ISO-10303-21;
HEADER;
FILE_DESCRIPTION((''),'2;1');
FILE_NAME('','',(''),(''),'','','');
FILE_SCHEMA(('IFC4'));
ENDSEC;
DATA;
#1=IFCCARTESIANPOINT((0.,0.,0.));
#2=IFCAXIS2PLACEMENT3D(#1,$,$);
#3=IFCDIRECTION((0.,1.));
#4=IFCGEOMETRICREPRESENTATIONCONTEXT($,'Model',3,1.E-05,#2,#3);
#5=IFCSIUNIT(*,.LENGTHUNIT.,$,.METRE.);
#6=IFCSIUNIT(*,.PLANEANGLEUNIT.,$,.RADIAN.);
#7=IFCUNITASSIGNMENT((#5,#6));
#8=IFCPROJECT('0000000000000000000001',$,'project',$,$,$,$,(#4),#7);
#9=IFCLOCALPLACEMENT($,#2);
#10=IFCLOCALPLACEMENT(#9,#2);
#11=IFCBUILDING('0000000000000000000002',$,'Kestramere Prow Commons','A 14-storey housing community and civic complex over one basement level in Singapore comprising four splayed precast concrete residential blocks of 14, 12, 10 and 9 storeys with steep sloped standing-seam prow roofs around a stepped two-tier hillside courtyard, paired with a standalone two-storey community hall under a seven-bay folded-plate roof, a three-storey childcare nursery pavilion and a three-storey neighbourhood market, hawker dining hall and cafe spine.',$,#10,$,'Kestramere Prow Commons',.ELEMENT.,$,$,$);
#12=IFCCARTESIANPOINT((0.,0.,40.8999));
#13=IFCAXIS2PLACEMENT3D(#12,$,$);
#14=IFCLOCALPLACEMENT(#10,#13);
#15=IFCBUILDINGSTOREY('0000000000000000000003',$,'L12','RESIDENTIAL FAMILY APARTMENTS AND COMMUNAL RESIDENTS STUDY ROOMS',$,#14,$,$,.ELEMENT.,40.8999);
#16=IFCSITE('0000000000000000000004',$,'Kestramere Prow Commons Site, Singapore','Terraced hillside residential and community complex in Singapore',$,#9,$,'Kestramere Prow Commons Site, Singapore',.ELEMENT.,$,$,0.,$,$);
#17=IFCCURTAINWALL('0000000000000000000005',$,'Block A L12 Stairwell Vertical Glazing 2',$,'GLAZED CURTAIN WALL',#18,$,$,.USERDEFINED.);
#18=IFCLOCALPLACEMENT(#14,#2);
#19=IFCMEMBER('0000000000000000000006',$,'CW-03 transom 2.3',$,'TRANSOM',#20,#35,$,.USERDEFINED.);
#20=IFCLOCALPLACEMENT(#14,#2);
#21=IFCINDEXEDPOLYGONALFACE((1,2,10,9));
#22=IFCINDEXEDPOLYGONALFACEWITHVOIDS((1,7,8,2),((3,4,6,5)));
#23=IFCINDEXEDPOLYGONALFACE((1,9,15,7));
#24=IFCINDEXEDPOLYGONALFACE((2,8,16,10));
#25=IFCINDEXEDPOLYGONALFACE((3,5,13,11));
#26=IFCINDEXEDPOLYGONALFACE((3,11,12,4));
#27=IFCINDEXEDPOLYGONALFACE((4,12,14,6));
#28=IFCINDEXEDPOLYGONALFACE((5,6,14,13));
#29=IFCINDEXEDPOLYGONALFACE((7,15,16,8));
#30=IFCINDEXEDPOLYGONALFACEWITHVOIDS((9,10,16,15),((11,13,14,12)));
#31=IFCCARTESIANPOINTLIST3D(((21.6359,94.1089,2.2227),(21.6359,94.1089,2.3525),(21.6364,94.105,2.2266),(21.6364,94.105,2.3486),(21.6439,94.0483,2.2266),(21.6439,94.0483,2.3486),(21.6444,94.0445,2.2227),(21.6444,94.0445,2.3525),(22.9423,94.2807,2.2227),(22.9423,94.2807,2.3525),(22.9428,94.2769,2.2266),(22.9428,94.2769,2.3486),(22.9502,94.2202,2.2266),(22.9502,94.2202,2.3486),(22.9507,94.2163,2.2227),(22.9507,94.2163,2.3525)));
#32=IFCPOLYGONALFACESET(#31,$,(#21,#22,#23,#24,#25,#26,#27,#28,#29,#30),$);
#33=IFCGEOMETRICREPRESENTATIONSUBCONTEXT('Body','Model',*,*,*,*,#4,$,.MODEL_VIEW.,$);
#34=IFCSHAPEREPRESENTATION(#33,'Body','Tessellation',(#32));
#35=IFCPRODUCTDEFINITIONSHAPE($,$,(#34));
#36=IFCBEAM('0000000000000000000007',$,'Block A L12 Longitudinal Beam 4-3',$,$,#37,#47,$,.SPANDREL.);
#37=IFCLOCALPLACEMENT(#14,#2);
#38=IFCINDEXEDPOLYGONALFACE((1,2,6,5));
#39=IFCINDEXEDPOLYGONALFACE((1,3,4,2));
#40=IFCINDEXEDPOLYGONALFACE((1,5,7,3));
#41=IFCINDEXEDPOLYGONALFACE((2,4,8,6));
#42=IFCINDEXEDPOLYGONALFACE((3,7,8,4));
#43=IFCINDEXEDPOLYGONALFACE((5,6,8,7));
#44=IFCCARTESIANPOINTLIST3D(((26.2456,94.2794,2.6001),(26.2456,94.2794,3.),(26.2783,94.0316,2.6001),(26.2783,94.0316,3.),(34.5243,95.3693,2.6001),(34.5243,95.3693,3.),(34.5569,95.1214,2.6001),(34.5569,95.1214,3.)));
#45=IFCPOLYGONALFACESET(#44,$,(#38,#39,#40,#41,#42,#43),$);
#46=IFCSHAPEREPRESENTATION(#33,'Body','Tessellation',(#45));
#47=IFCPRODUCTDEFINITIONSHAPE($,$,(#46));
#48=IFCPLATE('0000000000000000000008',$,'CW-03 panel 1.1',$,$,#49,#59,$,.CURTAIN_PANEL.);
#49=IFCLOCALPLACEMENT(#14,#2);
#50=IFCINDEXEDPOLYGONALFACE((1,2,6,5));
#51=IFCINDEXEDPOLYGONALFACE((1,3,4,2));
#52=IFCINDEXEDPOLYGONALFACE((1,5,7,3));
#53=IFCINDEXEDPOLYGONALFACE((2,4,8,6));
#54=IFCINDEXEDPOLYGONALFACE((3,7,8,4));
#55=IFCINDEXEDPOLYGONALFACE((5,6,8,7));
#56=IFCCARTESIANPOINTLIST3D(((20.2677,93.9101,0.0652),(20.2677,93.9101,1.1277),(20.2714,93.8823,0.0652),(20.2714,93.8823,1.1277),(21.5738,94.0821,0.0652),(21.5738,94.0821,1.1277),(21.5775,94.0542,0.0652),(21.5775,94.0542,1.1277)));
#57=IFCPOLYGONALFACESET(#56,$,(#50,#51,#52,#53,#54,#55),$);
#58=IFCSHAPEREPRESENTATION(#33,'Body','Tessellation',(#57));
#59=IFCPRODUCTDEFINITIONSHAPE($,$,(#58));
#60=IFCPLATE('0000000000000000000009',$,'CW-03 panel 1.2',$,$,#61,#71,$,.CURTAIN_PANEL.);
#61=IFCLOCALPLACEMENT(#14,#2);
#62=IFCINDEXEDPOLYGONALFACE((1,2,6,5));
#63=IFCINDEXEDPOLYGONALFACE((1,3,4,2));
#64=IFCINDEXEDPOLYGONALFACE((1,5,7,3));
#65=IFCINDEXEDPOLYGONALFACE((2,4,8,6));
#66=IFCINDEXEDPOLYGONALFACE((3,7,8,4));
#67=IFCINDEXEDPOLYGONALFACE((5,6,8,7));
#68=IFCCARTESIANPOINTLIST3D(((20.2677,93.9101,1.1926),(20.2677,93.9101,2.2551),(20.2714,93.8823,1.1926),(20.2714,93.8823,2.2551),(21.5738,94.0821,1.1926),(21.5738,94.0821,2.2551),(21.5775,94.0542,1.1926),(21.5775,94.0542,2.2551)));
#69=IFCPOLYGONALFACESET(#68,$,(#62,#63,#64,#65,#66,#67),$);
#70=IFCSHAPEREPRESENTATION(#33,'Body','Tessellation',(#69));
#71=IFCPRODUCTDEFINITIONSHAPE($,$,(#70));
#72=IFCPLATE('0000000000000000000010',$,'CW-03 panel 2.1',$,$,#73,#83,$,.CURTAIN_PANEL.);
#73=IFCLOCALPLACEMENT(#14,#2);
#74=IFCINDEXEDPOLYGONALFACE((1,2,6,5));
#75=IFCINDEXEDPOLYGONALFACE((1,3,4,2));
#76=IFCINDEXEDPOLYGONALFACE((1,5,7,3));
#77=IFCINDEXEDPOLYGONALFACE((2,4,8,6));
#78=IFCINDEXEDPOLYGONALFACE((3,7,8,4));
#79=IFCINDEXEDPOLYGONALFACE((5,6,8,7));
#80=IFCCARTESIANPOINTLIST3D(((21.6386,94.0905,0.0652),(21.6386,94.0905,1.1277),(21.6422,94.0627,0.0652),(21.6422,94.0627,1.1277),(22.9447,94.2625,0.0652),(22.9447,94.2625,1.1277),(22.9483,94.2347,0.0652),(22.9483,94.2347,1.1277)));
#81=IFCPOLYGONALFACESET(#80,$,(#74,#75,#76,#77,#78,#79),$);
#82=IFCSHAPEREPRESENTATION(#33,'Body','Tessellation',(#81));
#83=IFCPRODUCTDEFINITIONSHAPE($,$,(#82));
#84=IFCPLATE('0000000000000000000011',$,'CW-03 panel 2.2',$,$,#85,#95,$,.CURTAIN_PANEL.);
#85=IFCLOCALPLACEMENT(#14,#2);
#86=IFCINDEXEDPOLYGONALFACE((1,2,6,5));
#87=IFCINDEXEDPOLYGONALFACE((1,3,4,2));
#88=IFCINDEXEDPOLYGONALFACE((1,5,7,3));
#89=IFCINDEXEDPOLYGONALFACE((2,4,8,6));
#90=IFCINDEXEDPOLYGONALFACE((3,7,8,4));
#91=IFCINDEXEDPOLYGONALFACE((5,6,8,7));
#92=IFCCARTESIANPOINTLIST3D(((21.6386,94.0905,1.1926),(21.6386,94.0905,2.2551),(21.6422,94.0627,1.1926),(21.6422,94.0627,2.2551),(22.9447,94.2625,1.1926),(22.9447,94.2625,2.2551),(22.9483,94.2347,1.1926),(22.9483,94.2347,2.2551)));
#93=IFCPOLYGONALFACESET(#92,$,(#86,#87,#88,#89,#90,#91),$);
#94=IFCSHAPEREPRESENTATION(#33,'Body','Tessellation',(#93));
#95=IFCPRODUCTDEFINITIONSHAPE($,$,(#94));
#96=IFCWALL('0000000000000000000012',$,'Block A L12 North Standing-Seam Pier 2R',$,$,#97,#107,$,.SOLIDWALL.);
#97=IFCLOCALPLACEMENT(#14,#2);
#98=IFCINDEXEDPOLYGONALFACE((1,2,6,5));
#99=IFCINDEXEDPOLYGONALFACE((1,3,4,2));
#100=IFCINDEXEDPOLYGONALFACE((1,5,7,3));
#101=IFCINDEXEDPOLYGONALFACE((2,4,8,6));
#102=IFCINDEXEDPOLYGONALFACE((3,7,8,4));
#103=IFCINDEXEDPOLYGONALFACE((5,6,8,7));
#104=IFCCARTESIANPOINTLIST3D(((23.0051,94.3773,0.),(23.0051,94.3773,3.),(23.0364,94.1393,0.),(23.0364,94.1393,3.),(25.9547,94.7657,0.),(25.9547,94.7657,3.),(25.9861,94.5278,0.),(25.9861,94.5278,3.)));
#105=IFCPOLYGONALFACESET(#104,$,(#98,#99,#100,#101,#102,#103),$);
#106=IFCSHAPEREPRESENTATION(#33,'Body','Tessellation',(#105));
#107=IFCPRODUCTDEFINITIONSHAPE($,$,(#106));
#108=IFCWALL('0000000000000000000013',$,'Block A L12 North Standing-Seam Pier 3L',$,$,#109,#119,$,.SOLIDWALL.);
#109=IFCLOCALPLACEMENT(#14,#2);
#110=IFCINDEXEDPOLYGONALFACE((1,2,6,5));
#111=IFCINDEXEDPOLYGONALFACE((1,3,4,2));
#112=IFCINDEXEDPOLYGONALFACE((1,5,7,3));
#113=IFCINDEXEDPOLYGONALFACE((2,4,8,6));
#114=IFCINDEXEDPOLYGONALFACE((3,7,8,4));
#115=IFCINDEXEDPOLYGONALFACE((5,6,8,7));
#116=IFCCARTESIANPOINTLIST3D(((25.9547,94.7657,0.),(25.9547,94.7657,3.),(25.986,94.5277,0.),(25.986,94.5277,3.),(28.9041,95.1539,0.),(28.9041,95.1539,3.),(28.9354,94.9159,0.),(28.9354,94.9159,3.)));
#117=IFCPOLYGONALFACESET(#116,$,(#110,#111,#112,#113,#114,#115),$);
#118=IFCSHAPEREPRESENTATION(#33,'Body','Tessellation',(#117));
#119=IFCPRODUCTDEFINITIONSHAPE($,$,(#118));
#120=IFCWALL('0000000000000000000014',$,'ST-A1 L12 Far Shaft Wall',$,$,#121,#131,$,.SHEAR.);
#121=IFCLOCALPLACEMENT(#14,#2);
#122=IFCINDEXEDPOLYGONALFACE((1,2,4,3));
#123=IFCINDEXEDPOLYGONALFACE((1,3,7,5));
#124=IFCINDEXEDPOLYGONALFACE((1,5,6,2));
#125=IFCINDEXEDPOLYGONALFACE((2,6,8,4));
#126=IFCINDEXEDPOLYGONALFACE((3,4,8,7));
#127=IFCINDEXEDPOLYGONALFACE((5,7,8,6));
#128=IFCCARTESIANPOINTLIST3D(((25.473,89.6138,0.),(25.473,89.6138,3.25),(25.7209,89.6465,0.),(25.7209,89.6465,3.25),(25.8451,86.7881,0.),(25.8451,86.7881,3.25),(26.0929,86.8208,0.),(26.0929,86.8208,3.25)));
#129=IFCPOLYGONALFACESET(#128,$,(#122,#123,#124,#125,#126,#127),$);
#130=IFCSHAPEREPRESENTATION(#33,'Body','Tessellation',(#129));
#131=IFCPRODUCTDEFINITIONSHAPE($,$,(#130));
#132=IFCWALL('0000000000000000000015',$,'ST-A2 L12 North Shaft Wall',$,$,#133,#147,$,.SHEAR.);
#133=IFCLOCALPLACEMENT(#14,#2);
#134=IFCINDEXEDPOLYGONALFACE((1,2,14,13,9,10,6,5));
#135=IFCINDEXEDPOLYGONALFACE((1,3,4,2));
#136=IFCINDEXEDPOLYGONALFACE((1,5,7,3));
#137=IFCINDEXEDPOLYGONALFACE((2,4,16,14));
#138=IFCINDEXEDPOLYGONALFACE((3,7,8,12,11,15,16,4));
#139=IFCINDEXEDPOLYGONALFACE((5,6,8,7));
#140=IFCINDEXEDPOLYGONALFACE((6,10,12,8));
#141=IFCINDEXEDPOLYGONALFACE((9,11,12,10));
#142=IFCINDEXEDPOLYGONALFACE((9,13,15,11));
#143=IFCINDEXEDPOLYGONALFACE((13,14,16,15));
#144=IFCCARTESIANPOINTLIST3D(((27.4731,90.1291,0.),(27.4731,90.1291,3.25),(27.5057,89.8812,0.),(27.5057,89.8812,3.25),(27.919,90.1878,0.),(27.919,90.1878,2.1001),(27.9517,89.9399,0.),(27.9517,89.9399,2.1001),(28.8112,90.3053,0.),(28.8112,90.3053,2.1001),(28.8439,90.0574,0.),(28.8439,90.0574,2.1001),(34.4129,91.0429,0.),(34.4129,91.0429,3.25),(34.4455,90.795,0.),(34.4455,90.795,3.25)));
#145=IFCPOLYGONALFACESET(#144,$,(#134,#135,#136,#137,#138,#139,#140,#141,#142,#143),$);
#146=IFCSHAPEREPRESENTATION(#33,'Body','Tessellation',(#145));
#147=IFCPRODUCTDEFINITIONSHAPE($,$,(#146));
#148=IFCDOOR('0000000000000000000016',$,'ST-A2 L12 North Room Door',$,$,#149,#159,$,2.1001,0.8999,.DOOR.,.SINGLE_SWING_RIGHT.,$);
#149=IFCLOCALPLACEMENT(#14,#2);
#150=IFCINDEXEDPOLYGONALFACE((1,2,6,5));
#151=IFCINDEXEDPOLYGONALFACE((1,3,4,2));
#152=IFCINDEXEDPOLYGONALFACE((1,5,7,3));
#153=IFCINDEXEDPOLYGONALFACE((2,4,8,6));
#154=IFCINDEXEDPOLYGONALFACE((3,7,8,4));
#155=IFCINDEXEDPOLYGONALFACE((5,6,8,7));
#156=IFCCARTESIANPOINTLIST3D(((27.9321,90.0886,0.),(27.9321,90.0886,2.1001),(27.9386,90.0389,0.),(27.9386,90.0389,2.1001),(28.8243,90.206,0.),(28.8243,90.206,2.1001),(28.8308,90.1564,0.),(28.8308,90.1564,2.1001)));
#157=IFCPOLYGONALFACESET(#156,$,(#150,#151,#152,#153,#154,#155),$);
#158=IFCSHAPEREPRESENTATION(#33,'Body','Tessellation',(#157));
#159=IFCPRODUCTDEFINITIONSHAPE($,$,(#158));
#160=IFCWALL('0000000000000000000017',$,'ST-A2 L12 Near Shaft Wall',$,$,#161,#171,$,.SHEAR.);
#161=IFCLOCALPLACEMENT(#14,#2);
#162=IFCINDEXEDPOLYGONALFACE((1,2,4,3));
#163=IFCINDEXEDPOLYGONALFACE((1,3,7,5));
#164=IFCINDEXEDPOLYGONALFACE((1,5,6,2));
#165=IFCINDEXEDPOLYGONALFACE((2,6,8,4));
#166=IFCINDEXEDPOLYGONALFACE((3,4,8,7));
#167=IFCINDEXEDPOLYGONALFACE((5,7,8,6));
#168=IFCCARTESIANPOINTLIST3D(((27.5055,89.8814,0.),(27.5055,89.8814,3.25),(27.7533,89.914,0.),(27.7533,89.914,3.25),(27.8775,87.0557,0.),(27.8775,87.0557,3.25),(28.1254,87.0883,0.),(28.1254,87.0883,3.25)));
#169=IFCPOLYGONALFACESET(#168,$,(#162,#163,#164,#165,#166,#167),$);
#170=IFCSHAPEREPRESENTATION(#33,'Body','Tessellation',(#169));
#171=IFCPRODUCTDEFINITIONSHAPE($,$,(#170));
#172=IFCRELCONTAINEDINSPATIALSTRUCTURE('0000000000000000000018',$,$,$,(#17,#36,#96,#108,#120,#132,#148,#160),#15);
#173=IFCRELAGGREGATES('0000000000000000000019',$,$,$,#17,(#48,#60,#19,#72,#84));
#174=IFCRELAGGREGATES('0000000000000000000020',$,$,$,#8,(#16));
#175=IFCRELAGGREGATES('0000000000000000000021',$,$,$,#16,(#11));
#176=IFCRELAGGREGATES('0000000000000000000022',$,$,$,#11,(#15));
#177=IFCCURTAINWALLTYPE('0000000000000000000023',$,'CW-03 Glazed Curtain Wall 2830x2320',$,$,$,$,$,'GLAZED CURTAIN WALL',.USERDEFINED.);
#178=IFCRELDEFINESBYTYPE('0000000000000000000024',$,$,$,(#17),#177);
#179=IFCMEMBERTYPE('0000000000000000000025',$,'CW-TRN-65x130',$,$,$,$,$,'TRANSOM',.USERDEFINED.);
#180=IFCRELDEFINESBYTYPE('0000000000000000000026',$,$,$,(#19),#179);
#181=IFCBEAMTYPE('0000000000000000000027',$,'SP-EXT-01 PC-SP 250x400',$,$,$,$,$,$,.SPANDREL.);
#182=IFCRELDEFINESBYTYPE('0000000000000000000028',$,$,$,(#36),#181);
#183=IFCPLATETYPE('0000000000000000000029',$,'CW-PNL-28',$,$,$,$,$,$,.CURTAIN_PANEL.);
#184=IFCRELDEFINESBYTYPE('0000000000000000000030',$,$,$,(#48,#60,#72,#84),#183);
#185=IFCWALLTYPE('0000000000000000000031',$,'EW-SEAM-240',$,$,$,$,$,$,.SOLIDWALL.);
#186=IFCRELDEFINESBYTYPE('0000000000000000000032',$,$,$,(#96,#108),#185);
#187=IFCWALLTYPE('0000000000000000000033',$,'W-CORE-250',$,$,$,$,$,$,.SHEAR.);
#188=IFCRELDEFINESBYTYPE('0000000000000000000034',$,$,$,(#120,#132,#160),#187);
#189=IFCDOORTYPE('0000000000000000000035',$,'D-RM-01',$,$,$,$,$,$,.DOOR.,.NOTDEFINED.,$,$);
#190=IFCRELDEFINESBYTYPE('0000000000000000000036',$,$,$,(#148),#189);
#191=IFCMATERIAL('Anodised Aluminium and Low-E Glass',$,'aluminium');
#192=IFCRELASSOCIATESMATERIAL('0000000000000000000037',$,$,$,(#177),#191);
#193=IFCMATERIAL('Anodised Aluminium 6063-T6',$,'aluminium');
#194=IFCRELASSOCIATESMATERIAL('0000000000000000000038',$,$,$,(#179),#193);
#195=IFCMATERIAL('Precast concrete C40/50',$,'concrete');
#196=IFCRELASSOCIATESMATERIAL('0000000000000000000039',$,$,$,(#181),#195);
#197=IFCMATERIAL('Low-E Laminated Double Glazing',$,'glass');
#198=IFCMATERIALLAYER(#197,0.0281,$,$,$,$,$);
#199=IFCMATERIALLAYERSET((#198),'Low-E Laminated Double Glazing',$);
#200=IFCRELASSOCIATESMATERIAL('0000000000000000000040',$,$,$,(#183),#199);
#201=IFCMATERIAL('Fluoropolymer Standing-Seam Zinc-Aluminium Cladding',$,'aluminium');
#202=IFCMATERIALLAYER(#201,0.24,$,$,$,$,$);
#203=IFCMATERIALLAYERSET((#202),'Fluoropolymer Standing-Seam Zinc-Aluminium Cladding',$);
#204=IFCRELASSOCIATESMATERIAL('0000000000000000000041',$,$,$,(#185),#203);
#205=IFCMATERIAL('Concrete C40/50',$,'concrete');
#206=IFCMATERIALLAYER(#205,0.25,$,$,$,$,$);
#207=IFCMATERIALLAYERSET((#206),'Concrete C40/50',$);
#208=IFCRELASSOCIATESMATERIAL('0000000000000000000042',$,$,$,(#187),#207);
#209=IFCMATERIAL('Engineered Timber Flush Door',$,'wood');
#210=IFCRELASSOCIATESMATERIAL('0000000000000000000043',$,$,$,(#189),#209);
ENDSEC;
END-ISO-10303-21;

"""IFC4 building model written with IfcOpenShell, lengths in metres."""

from ifc_helpers import new_model, si_unit, direction, frame, frame_2d, origin, origin_2d, place, context, subcontext, project, spatial, rectangle, hollow_rectangle, extrude, material, layer, layer_set, material_profile, profile_set, type_object, element, fill, aggregate, save


model = new_model("IFC4")

# Units and contexts
model_context = context("Model", 3, precision=1e-05, world=origin(), true_north=direction((0.0, 1.0)))
body_context = subcontext(model_context, "Body", "Model", "MODEL_VIEW")
ifc_project = project(units=[si_unit("LENGTHUNIT", "METRE"), si_unit("PLANEANGLEUNIT", "RADIAN")], contexts=[model_context])

# Site, building, storey
site_placement = place(None, origin())
site = spatial("IfcSite", under=ifc_project, at=site_placement, Name="Kestramere Prow Commons Site, Singapore", Description="Terraced hillside residential and community complex in Singapore", LongName="Kestramere Prow Commons Site, Singapore", CompositionType="ELEMENT", RefElevation=0.0)
building_placement = place(site_placement, origin())
building = spatial("IfcBuilding", under=site, at=building_placement, Name="Kestramere Prow Commons", Description="A 14-storey housing community and civic complex over one basement level in Singapore comprising four splayed precast concrete residential blocks of 14, 12, 10 and 9 storeys with steep sloped standing-seam prow roofs around a stepped two-tier hillside courtyard, paired with a standalone two-storey community hall under a seven-bay folded-plate roof, a three-storey childcare nursery pavilion and a three-storey neighbourhood market, hawker dining hall and cafe spine.", LongName="Kestramere Prow Commons", CompositionType="ELEMENT")
storey_placement = place(building_placement, frame((0.0, 0.0, 40.8999)))
storey = spatial("IfcBuildingStorey", under=building, at=storey_placement, Name="L12", Description="RESIDENTIAL FAMILY APARTMENTS AND COMMUNAL RESIDENTS STUDY ROOMS", CompositionType="ELEMENT", Elevation=40.8999)

# Shared definitions
ifc_material_1 = material(Name="Precast concrete C40/50", Category="concrete")

# Shared definitions
ifc_material_2 = material(Name="Concrete C40/50", Category="concrete")

# Curtain wall, member
ifc_material_3 = material(Name="Anodised Aluminium and Low-E Glass", Category="aluminium")
curtain_wall_type = type_object("IfcCurtainWallType", Name="CW-03 Glazed Curtain Wall 2830x2320", ElementType="GLAZED CURTAIN WALL", PredefinedType="USERDEFINED", material=ifc_material_3)
curtain_wall_placement = place(storey_placement, origin())
curtain_wall = element("IfcCurtainWall", 1, at=curtain_wall_placement, inside=storey, type_object=curtain_wall_type, Name="Block A L12 Stairwell Vertical Glazing 2", ObjectType="GLAZED CURTAIN WALL", PredefinedType="USERDEFINED")
ifc_material_4 = material(Name="Anodised Aluminium 6063-T6", Category="aluminium")
ifc_material_profile_1 = material_profile(ifc_material_4, hollow_rectangle(XDim=0.0649, YDim=0.1299, WallThickness=0.0039, at=origin_2d()), Name="ALU-TRN 65x130")
ifc_profile_set_1 = profile_set([ifc_material_profile_1], Name="Anodised Aluminium 6063-T6")
member_type_1 = type_object("IfcMemberType", Name="CW-TRN-65x130", ElementType="TRANSOM", PredefinedType="USERDEFINED", material=ifc_profile_set_1)
member_1_placement = place(storey_placement, frame((21.6401, 94.0767, 2.2876), z_axis=(0.991456, 0.13044, 0.0), x_axis=(-0.13044, 0.991456, 0.0)))
member_1 = element("IfcMember", 2, at=member_1_placement, type_object=member_type_1, Name="CW-03 transom 2.3", ObjectType="TRANSOM", PredefinedType="USERDEFINED", context=body_context, shape_type="SweptSolid", body=[
    extrude(hollow_rectangle(XDim=0.0649, YDim=0.1299, WallThickness=0.0039, at=origin_2d()), origin(), (0.0, 0.0, 1.0), 1.3176),
])

# Beam
ifc_material_profile_2 = material_profile(ifc_material_1, rectangle(XDim=0.25, YDim=0.3999, at=origin_2d()), Name="PC-SP 250x400")
ifc_profile_set_2 = profile_set([ifc_material_profile_2], Name="Precast concrete C40/50")
beam_type_1 = type_object("IfcBeamType", Name="SP-EXT-01 PC-SP 250x400", PredefinedType="SPANDREL", material=ifc_profile_set_2)
beam_1_placement = place(storey_placement, frame((26.262, 94.1555, 2.8), z_axis=(0.991446, 0.13052, 0.0), x_axis=(-0.13052, 0.991446, 0.0)))
element("IfcBeam", 3, at=beam_1_placement, inside=storey, type_object=beam_type_1, Name="Block A L12 Longitudinal Beam 4-3", PredefinedType="SPANDREL", context=body_context, shape_type="SweptSolid", body=[
    extrude(rectangle(XDim=0.25, YDim=0.3999, at=origin_2d()), origin(), (0.0, 0.0, 1.0), 8.3501),
])

# Plates
ifc_material_5 = material(Name="Low-E Laminated Double Glazing", Category="glass")
ifc_layer_1 = layer(ifc_material_5, 0.0281)
ifc_layer_set_1 = layer_set([ifc_layer_1], Name="Low-E Laminated Double Glazing")
plate_type = type_object("IfcPlateType", Name="CW-PNL-28", PredefinedType="CURTAIN_PANEL", material=ifc_layer_set_1)
plate_1_placement = place(storey_placement, frame((20.9226, 93.9822, 0.0652), z_axis=(0.0, 0.0, 1.0), x_axis=(0.991445, 0.130526, 0.0)))
plate_1 = element("IfcPlate", 4, at=plate_1_placement, type_object=plate_type, Name="CW-03 panel 1.1", PredefinedType="CURTAIN_PANEL", context=body_context, shape_type="SweptSolid", body=[
    extrude(rectangle(XDim=1.3174, YDim=0.0281, at=origin_2d()), origin(), (0.0, 0.0, 1.0), 1.0625),
])
plate_2_placement = place(storey_placement, frame((20.9226, 93.9822, 1.1926), z_axis=(0.0, 0.0, 1.0), x_axis=(0.991445, 0.130526, 0.0)))
plate_2 = element("IfcPlate", 5, at=plate_2_placement, type_object=plate_type, Name="CW-03 panel 1.2", PredefinedType="CURTAIN_PANEL", context=body_context, shape_type="SweptSolid", body=[
    extrude(rectangle(XDim=1.3174, YDim=0.0281, at=origin_2d()), origin(), (0.0, 0.0, 1.0), 1.0625),
])
plate_3_placement = place(storey_placement, frame((22.2935, 94.1626, 0.0652), z_axis=(0.0, 0.0, 1.0), x_axis=(0.991445, 0.130526, 0.0)))
plate_3 = element("IfcPlate", 6, at=plate_3_placement, type_object=plate_type, Name="CW-03 panel 2.1", PredefinedType="CURTAIN_PANEL", context=body_context, shape_type="SweptSolid", body=[
    extrude(rectangle(XDim=1.3174, YDim=0.0281, at=origin_2d()), origin(), (0.0, 0.0, 1.0), 1.0625),
])
plate_4_placement = place(storey_placement, frame((22.2935, 94.1626, 1.1926), z_axis=(0.0, 0.0, 1.0), x_axis=(0.991445, 0.130526, 0.0)))
plate_4 = element("IfcPlate", 7, at=plate_4_placement, type_object=plate_type, Name="CW-03 panel 2.2", PredefinedType="CURTAIN_PANEL", context=body_context, shape_type="SweptSolid", body=[
    extrude(rectangle(XDim=1.3174, YDim=0.0281, at=origin_2d()), origin(), (0.0, 0.0, 1.0), 1.0625),
])
aggregate(curtain_wall, [plate_1, plate_2, member_1, plate_3, plate_4])

# Walls
ifc_material_6 = material(Name="Fluoropolymer Standing-Seam Zinc-Aluminium Cladding", Category="aluminium")
ifc_layer_2 = layer(ifc_material_6, 0.24)
ifc_layer_set_2 = layer_set([ifc_layer_2], Name="Fluoropolymer Standing-Seam Zinc-Aluminium Cladding")
wall_type_1 = type_object("IfcWallType", Name="EW-SEAM-240", PredefinedType="SOLIDWALL", material=ifc_layer_set_2)
wall_1_placement = place(storey_placement, frame((23.0208, 94.2583, 0.0), z_axis=(0.0, 0.0, 1.0), x_axis=(0.991441, 0.130556, 0.0)))
element("IfcWall", 8, at=wall_1_placement, inside=storey, type_object=wall_type_1, Name="Block A L12 North Standing-Seam Pier 2R", PredefinedType="SOLIDWALL", context=body_context, shape_type="SweptSolid", body=[
    extrude(rectangle(XDim=2.9751, YDim=0.24, at=frame_2d((1.4875, 0.0))), origin(), (0.0, 0.0, 1.0), 3.0),
])
wall_2_placement = place(storey_placement, frame((25.9705, 94.6467, 0.0), z_axis=(0.0, 0.0, 1.0), x_axis=(0.99145, 0.130486, 0.0)))
element("IfcWall", 9, at=wall_2_placement, inside=storey, type_object=wall_type_1, Name="Block A L12 North Standing-Seam Pier 3L", PredefinedType="SOLIDWALL", context=body_context, shape_type="SweptSolid", body=[
    extrude(rectangle(XDim=2.9749, YDim=0.24, at=frame_2d((1.4873, 0.0))), origin(), (0.0, 0.0, 1.0), 3.0),
])
ifc_layer_3 = layer(ifc_material_2, 0.25)
ifc_layer_set_3 = layer_set([ifc_layer_3], Name="Concrete C40/50")
wall_type_2 = type_object("IfcWallType", Name="W-CORE-250", PredefinedType="SHEAR", material=ifc_layer_set_3)
wall_3_placement = place(storey_placement, frame((25.969, 86.8044, 0.0), z_axis=(0.0, 0.0, 1.0), x_axis=(-0.130548, 0.991442, 0.0)))
element("IfcWall", 10, at=wall_3_placement, inside=storey, type_object=wall_type_2, Name="ST-A1 L12 Far Shaft Wall", PredefinedType="SHEAR", context=body_context, shape_type="SweptSolid", body=[
    extrude(rectangle(XDim=2.8501, YDim=0.25, at=frame_2d((1.425, 0.0))), origin(), (0.0, 0.0, 1.0), 3.25),
])

# Wall, opening, door
wall_4_placement = place(storey_placement, frame((27.4893, 90.0051, 0.0), z_axis=(0.0, 0.0, 1.0), x_axis=(0.991442, 0.130548, 0.0)))
wall_4 = element("IfcWall", 11, at=wall_4_placement, inside=storey, type_object=wall_type_2, Name="ST-A2 L12 North Shaft Wall", PredefinedType="SHEAR", context=body_context, shape_type="SweptSolid", body=[
    extrude(rectangle(XDim=6.9998, YDim=0.25, at=frame_2d((3.5, 0.0))), origin(), (0.0, 0.0, 1.0), 3.25),
])
opening_1_placement = place(wall_4_placement, frame((0.45, 0.0, 0.0)))
opening_1 = element("IfcOpeningElement", 12, at=opening_1_placement, cuts=wall_4, PredefinedType="OPENING", context=body_context, shape_type="SweptSolid", body=[
    extrude(rectangle(XDim=0.8999, YDim=2.1001, at=frame_2d((0.45, 1.05))), frame((0.0, 0.1399, 0.0), z_axis=(0.0, -1.0, 0.0), x_axis=(1.0, 0.0, 0.0)), (0.0, 0.0, 1.0), 0.28),
])
ifc_material_7 = material(Name="Engineered Timber Flush Door", Category="wood")
door_type_1 = type_object("IfcDoorType", Name="D-RM-01", OperationType="NOTDEFINED", PredefinedType="DOOR", material=ifc_material_7)
door_1_placement = place(opening_1_placement, origin())
door_1 = element("IfcDoor", 13, at=door_1_placement, inside=storey, type_object=door_type_1, Name="ST-A2 L12 North Room Door", OperationType="SINGLE_SWING_RIGHT", OverallHeight=2.1001, OverallWidth=0.8999, PredefinedType="DOOR", context=body_context, shape_type="SweptSolid", body=[
    extrude(rectangle(XDim=0.8999, YDim=2.1001, at=frame_2d((0.45, 1.05))), frame((0.0, 0.0249, 0.0), z_axis=(0.0, -1.0, 0.0), x_axis=(1.0, 0.0, 0.0)), (0.0, 0.0, 1.0), 0.05),
])
fill(opening_1, door_1)

# Wall
wall_5_placement = place(storey_placement, frame((28.0015, 87.072, 0.0), z_axis=(0.0, 0.0, 1.0), x_axis=(-0.130548, 0.991442, 0.0)))
element("IfcWall", 14, at=wall_5_placement, inside=storey, type_object=wall_type_2, Name="ST-A2 L12 Near Shaft Wall", PredefinedType="SHEAR", context=body_context, shape_type="SweptSolid", body=[
    extrude(rectangle(XDim=2.8501, YDim=0.25, at=frame_2d((1.425, 0.0))), origin(), (0.0, 0.0, 1.0), 3.25),
])

save(model, "model.ifc")
